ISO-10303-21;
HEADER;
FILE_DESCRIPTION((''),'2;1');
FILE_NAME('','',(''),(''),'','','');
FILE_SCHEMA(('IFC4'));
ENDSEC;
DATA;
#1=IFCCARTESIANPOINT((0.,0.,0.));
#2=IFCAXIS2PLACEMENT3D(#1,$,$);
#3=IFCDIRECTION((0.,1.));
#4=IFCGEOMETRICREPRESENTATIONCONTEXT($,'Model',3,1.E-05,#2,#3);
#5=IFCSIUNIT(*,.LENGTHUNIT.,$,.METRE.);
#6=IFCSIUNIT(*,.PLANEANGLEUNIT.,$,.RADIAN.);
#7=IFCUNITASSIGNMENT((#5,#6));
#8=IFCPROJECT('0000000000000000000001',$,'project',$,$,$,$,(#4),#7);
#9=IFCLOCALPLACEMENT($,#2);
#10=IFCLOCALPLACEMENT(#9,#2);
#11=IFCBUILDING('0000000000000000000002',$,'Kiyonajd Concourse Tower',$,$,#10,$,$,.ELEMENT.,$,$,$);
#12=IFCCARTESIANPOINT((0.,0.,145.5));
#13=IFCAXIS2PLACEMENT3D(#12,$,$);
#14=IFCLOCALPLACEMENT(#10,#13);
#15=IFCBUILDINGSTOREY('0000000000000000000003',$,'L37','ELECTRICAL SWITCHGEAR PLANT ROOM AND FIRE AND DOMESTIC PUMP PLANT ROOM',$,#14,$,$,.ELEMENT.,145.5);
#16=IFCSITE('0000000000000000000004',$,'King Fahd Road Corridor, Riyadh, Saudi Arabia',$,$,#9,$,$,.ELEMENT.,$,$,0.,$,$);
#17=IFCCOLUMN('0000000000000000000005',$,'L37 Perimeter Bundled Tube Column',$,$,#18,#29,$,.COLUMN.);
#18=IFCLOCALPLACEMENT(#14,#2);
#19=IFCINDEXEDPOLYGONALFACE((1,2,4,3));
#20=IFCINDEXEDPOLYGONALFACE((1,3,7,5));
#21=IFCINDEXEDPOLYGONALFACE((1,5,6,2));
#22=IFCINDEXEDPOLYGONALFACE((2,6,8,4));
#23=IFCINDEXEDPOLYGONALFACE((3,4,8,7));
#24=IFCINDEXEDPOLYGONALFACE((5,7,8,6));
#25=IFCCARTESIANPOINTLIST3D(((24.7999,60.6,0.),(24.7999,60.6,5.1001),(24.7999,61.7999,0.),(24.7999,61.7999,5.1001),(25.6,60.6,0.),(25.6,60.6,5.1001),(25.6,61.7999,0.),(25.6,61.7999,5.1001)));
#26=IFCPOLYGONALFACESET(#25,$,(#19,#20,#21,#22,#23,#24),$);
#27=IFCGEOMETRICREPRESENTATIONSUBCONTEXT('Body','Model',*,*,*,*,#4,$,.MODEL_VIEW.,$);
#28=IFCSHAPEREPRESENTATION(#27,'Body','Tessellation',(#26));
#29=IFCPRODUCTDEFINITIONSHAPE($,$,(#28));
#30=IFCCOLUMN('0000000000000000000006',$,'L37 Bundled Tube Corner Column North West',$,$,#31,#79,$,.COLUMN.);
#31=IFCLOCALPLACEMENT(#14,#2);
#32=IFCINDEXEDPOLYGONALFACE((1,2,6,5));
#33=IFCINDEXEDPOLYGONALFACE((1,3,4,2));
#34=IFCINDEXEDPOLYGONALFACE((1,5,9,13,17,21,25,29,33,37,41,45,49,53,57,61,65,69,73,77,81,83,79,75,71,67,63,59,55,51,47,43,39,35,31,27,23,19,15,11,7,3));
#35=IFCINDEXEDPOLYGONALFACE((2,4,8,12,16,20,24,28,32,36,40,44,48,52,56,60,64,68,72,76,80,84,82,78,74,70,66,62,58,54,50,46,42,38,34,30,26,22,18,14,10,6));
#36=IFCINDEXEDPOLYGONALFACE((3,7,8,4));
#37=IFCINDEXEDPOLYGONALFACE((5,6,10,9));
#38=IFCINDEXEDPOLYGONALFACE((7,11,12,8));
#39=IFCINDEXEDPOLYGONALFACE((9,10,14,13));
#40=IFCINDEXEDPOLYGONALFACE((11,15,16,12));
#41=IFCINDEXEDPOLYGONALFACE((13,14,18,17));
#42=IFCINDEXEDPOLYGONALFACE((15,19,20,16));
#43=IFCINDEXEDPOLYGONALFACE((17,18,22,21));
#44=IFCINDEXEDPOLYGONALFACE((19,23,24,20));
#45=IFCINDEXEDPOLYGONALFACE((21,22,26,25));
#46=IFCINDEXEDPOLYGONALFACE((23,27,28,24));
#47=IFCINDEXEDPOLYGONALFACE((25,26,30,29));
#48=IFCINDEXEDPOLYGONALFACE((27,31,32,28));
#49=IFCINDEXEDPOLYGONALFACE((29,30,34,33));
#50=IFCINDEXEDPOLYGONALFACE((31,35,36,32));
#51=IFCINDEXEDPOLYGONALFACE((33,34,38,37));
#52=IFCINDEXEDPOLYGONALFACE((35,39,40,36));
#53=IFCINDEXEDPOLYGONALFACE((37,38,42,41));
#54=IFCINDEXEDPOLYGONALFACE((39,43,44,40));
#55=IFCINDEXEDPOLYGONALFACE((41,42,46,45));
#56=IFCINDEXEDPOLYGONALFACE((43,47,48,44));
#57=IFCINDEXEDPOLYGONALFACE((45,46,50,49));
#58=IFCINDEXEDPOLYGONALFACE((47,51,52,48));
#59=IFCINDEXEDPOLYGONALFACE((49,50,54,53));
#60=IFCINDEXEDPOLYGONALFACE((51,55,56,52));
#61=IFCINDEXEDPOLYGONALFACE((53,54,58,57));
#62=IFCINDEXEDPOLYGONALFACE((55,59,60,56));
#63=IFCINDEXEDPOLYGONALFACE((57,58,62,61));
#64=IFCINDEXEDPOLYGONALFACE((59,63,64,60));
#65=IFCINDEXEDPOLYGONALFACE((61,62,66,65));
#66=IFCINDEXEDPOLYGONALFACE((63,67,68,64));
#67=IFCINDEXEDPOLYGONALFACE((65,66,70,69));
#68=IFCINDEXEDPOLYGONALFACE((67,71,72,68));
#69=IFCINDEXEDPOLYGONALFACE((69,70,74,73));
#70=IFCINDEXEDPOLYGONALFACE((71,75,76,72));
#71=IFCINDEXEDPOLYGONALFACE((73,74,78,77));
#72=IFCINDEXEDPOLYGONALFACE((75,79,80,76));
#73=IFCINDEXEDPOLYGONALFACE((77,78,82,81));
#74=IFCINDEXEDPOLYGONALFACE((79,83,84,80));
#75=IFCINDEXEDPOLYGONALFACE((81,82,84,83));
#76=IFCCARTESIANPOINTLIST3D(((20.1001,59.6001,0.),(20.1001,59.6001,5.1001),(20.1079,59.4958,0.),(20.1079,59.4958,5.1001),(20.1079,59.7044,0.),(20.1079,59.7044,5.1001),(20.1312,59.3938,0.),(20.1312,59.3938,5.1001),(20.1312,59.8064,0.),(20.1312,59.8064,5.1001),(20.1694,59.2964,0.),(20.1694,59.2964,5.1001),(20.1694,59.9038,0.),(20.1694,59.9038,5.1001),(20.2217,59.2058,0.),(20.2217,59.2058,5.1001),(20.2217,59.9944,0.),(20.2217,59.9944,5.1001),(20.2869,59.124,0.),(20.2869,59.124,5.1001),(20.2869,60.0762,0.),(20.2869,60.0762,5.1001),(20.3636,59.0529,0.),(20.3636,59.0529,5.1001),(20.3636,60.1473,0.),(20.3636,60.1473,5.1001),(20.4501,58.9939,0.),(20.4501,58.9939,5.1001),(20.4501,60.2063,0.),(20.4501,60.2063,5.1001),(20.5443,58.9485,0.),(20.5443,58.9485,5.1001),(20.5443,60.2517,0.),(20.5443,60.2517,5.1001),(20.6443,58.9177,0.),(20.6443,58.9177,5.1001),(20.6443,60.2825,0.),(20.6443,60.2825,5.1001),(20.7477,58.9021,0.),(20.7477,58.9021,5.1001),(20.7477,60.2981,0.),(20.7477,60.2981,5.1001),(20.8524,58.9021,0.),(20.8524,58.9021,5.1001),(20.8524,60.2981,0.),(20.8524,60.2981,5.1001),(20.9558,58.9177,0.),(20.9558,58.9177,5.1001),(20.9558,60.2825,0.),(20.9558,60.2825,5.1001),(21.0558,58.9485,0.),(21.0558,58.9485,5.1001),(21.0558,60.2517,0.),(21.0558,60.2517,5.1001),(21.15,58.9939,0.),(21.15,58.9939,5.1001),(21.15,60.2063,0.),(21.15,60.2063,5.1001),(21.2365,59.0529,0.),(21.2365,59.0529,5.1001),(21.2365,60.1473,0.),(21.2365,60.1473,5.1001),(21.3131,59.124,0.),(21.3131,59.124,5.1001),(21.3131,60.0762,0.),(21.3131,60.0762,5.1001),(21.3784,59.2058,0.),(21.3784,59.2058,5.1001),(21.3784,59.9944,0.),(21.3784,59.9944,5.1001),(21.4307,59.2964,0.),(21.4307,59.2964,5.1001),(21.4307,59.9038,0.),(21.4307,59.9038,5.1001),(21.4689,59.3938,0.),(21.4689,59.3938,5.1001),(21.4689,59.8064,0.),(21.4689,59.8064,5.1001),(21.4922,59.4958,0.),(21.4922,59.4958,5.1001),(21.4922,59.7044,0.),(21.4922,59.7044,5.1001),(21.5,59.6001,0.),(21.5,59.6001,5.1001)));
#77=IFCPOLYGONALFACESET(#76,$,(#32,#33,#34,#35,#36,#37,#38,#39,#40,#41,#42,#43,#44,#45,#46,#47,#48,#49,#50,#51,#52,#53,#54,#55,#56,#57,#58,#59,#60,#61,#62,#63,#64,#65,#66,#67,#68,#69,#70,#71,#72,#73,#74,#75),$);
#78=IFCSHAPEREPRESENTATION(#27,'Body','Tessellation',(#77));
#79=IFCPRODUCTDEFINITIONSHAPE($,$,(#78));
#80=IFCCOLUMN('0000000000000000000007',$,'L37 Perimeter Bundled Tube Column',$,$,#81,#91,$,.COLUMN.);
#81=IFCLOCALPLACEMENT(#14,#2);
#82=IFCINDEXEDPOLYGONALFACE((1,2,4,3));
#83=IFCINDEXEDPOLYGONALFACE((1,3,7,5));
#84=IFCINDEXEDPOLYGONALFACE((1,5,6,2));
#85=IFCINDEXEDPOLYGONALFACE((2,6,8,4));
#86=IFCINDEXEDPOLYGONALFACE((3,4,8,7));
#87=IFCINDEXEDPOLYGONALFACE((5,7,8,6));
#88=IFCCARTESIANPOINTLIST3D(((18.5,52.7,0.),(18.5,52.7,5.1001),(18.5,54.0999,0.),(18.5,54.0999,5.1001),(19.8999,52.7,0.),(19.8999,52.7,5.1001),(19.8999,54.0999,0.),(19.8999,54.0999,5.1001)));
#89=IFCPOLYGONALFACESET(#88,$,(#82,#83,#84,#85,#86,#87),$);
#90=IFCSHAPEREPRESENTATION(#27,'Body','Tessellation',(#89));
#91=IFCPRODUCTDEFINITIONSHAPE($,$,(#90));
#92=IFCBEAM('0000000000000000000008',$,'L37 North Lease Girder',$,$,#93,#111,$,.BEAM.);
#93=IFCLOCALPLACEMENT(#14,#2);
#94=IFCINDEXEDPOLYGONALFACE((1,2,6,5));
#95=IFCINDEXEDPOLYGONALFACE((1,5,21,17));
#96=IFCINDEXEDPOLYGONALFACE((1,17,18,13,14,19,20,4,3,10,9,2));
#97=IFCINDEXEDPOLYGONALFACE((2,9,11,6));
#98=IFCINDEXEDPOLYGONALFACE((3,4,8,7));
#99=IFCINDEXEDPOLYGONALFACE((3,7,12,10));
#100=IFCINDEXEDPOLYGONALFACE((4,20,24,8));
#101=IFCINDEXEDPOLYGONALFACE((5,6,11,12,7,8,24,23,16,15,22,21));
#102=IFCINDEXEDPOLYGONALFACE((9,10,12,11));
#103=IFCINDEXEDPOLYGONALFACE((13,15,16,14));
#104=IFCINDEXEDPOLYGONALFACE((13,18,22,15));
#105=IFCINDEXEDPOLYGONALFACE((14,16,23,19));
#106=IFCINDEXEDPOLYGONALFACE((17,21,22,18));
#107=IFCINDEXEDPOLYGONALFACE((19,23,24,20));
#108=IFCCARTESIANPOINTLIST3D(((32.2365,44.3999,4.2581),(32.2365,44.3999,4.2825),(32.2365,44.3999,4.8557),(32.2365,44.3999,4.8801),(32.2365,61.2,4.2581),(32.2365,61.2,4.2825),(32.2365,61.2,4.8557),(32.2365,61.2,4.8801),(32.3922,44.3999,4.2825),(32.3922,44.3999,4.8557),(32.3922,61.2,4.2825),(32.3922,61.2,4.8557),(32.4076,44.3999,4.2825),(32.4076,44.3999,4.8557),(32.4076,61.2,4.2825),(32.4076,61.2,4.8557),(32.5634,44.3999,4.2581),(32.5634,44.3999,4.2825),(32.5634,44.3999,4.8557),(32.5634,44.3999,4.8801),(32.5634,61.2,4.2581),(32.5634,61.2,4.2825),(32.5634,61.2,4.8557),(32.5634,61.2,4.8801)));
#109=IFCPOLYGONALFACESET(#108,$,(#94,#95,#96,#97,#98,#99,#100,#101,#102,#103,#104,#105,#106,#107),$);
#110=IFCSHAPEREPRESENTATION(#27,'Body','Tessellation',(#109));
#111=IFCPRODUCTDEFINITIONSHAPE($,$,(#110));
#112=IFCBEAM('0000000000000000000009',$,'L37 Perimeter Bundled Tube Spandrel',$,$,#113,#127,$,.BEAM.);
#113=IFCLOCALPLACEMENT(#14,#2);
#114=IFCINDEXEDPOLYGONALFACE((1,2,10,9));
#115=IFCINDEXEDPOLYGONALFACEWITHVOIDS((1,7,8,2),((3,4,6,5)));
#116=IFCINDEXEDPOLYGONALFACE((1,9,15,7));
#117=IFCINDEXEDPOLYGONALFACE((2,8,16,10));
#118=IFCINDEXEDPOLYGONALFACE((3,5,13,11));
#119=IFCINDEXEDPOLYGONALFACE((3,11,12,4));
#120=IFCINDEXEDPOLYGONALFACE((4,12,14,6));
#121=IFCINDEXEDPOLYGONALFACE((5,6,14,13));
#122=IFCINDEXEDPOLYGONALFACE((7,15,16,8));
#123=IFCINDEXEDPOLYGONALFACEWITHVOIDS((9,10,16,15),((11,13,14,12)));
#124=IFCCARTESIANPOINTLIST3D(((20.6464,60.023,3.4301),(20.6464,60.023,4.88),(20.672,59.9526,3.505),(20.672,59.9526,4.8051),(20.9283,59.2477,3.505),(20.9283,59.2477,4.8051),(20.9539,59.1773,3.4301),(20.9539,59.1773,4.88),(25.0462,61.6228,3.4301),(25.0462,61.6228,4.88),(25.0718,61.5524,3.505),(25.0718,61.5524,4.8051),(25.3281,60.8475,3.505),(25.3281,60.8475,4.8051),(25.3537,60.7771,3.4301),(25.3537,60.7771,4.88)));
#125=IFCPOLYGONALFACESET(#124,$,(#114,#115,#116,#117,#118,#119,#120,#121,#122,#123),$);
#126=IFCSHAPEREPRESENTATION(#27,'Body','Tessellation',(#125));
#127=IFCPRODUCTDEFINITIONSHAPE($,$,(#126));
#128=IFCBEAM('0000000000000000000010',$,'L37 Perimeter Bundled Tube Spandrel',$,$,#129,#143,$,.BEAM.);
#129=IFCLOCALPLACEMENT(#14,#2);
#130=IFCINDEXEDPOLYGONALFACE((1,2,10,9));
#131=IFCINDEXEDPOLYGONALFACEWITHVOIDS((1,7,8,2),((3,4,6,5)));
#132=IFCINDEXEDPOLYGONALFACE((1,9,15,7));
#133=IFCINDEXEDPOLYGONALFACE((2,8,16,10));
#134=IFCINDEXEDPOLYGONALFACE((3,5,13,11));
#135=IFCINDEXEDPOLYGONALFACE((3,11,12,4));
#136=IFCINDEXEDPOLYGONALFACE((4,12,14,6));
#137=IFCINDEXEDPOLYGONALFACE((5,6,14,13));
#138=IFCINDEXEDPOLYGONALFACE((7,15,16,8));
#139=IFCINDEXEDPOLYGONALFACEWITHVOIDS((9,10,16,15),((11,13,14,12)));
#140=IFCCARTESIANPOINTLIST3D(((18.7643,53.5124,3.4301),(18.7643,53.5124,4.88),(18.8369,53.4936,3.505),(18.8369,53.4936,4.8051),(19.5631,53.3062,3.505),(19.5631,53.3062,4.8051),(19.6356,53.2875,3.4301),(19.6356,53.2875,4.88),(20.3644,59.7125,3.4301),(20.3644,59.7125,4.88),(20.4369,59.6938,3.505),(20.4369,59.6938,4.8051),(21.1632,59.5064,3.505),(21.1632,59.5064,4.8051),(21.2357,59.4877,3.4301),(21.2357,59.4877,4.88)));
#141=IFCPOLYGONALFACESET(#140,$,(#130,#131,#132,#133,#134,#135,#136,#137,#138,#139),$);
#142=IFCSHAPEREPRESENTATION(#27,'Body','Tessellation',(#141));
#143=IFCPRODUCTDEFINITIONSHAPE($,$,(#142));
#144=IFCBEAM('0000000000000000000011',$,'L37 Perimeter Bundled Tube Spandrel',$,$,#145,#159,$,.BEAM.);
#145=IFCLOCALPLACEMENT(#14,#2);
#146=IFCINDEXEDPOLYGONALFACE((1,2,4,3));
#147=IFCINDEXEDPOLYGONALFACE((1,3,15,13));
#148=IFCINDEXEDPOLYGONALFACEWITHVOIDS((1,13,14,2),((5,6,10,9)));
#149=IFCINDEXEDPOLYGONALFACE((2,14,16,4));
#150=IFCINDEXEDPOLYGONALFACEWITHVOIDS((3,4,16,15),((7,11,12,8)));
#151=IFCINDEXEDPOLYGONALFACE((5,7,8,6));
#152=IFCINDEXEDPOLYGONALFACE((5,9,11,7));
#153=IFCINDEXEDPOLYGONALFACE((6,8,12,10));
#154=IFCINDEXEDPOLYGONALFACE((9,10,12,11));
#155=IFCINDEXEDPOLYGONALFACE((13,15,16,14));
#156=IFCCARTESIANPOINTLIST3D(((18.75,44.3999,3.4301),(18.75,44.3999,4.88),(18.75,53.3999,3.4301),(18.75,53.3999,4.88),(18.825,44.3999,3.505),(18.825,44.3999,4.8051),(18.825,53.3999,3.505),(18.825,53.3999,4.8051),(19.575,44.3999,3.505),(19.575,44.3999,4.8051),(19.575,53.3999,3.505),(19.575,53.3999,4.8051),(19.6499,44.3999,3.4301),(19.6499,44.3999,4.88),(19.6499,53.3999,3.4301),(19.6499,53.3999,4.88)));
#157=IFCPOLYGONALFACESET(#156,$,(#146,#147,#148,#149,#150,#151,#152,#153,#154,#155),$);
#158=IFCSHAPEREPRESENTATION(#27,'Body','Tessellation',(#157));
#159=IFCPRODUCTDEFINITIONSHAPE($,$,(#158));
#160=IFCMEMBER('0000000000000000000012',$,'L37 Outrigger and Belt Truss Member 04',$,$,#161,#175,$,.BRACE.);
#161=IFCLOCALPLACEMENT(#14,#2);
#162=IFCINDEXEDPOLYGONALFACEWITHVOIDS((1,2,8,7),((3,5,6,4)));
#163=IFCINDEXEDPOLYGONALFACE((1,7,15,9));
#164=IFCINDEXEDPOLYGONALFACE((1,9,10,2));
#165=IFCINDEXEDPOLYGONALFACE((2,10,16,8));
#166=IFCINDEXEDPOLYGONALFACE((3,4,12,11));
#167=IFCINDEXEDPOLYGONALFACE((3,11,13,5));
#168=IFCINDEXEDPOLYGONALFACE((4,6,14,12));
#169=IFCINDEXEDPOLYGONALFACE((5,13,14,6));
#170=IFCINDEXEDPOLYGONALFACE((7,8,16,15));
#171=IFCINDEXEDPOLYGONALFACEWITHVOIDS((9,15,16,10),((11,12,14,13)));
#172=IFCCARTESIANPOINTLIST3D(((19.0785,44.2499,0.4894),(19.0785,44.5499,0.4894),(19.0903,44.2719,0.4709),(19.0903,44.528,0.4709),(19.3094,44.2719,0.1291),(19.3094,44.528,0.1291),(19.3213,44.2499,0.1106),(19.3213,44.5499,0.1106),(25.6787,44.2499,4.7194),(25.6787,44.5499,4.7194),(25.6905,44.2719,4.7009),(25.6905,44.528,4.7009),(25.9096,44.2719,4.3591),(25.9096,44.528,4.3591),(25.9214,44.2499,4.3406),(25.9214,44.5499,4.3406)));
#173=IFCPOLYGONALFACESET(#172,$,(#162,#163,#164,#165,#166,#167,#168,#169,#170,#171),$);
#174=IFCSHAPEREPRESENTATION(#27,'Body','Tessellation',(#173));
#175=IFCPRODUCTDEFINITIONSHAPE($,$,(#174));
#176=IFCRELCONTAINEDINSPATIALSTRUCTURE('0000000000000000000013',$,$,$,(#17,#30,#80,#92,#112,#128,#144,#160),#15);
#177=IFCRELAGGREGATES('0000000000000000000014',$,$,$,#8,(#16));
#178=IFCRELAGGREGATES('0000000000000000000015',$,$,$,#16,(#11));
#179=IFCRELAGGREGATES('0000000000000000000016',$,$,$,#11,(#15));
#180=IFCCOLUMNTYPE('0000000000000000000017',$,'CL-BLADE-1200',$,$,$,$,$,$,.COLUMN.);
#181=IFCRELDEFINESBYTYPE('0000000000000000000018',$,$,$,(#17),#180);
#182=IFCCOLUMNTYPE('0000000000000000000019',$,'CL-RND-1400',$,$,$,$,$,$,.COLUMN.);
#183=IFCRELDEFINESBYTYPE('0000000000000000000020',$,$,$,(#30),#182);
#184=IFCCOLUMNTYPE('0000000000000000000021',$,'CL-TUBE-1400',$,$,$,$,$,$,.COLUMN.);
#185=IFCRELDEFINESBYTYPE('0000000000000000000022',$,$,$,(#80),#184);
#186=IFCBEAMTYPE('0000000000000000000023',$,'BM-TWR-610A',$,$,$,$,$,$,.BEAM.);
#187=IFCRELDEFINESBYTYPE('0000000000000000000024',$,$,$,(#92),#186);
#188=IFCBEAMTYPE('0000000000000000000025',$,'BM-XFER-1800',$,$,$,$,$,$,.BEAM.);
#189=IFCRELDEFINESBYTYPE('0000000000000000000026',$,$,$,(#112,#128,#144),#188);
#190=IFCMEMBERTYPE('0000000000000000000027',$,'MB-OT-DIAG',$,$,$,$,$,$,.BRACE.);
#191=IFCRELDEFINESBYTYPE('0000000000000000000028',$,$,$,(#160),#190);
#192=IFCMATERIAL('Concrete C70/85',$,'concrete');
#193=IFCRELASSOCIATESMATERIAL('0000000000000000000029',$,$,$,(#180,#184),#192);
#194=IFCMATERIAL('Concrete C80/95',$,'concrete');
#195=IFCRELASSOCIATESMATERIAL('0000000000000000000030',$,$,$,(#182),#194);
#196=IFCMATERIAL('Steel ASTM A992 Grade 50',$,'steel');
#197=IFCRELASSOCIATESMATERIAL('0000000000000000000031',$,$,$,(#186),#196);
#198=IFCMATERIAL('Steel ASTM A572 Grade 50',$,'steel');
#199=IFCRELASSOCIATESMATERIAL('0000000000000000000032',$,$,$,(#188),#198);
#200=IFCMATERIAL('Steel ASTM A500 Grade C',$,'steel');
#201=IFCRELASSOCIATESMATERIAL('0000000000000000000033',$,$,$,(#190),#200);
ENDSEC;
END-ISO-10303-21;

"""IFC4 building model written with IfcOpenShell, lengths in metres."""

from ifc_helpers import new_model, si_unit, direction, frame, origin, origin_2d, place, context, subcontext, project, spatial, rectangle, hollow_rectangle, circle, i_section, extrude, material, material_profile, profile_set, type_object, element, save


model = new_model("IFC4")

# Units and contexts
model_context = context("Model", 3, precision=1e-05, world=origin(), true_north=direction((0.0, 1.0)))
body_context = subcontext(model_context, "Body", "Model", "MODEL_VIEW")
ifc_project = project(units=[si_unit("LENGTHUNIT", "METRE"), si_unit("PLANEANGLEUNIT", "RADIAN")], contexts=[model_context])

# Site, building, storey
site_placement = place(None, origin())
site = spatial("IfcSite", under=ifc_project, at=site_placement, Name="King Fahd Road Corridor, Riyadh, Saudi Arabia", CompositionType="ELEMENT", RefElevation=0.0)
building_placement = place(site_placement, origin())
building = spatial("IfcBuilding", under=site, at=building_placement, Name="Kiyonajd Concourse Tower", CompositionType="ELEMENT")
storey_placement = place(building_placement, frame((0.0, 0.0, 145.5)))
storey = spatial("IfcBuildingStorey", under=building, at=storey_placement, Name="L37", Description="ELECTRICAL SWITCHGEAR PLANT ROOM AND FIRE AND DOMESTIC PUMP PLANT ROOM", CompositionType="ELEMENT", Elevation=145.5)

# Columns
ifc_material_1 = material(Name="Concrete C70/85", Category="concrete")
ifc_material_profile_1 = material_profile(ifc_material_1, rectangle(XDim=0.8, YDim=1.2, at=origin_2d()), Name="RC-1200x800")
ifc_profile_set_1 = profile_set([ifc_material_profile_1], Name="Concrete C70/85")
column_type_1 = type_object("IfcColumnType", Name="CL-BLADE-1200", PredefinedType="COLUMN", material=ifc_profile_set_1)
column_1_placement = place(storey_placement, frame((25.2, 61.2, 0.0), z_axis=(0.0, 0.0, 1.0), x_axis=(1.0, 0.0, 0.0)))
element("IfcColumn", 1, at=column_1_placement, inside=storey, type_object=column_type_1, Name="L37 Perimeter Bundled Tube Column", PredefinedType="COLUMN", context=body_context, shape_type="SweptSolid", body=[
    extrude(rectangle(XDim=0.8, YDim=1.2, at=origin_2d()), origin(), (0.0, 0.0, 1.0), 5.1001),
])
ifc_material_2 = material(Name="Concrete C80/95", Category="concrete")
ifc_material_profile_2 = material_profile(ifc_material_2, circle(Radius=0.7, at=origin_2d()), Name="RCC-D1400")
ifc_profile_set_2 = profile_set([ifc_material_profile_2], Name="Concrete C80/95")
column_type_2 = type_object("IfcColumnType", Name="CL-RND-1400", PredefinedType="COLUMN", material=ifc_profile_set_2)
column_2_placement = place(storey_placement, frame((20.8, 59.6001, 0.0), z_axis=(0.0, 0.0, 1.0), x_axis=(1.0, 0.0, 0.0)))
element("IfcColumn", 2, at=column_2_placement, inside=storey, type_object=column_type_2, Name="L37 Bundled Tube Corner Column North West", PredefinedType="COLUMN", context=body_context, shape_type="SweptSolid", body=[
    extrude(circle(Radius=0.7, at=origin_2d()), origin(), (0.0, 0.0, 1.0), 5.1001),
])
ifc_material_profile_3 = material_profile(ifc_material_1, rectangle(XDim=1.3999, YDim=1.3999, at=origin_2d()), Name="RC-1400x1400")
ifc_profile_set_3 = profile_set([ifc_material_profile_3], Name="Concrete C70/85")
column_type_3 = type_object("IfcColumnType", Name="CL-TUBE-1400", PredefinedType="COLUMN", material=ifc_profile_set_3)
column_3_placement = place(storey_placement, frame((19.2, 53.3999, 0.0), z_axis=(0.0, 0.0, 1.0), x_axis=(1.0, 0.0, 0.0)))
element("IfcColumn", 3, at=column_3_placement, inside=storey, type_object=column_type_3, Name="L37 Perimeter Bundled Tube Column", PredefinedType="COLUMN", context=body_context, shape_type="SweptSolid", body=[
    extrude(rectangle(XDim=1.3999, YDim=1.3999, at=origin_2d()), origin(), (0.0, 0.0, 1.0), 5.1001),
])

# Beams
ifc_material_3 = material(Name="Steel ASTM A992 Grade 50", Category="steel")
ifc_material_profile_4 = material_profile(ifc_material_3, i_section(OverallWidth=0.3269, OverallDepth=0.6221, WebThickness=0.0154, FlangeThickness=0.0244, at=origin_2d()), Name="W610X195")
ifc_profile_set_4 = profile_set([ifc_material_profile_4], Name="Steel ASTM A992 Grade 50")
beam_type_1 = type_object("IfcBeamType", Name="BM-TWR-610A", PredefinedType="BEAM", material=ifc_profile_set_4)
beam_1_placement = place(storey_placement, frame((32.3999, 44.3999, 4.5691), z_axis=(0.0, 1.0, 0.0), x_axis=(-1.0, 0.0, 0.0)))
element("IfcBeam", 4, at=beam_1_placement, inside=storey, type_object=beam_type_1, Name="L37 North Lease Girder", PredefinedType="BEAM", context=body_context, shape_type="SweptSolid", body=[
    extrude(i_section(OverallWidth=0.3269, OverallDepth=0.6221, WebThickness=0.0154, FlangeThickness=0.0244, at=origin_2d()), origin(), (0.0, 0.0, 1.0), 16.8),
])
ifc_material_4 = material(Name="Steel ASTM A572 Grade 50", Category="steel")
ifc_material_profile_5 = material_profile(ifc_material_4, hollow_rectangle(XDim=0.8999, YDim=1.45, WallThickness=0.075, at=origin_2d()), Name="BOX-1450x900x75")
ifc_profile_set_5 = profile_set([ifc_material_profile_5], Name="Steel ASTM A572 Grade 50")
beam_type_2 = type_object("IfcBeamType", Name="BM-XFER-1800", PredefinedType="BEAM", material=ifc_profile_set_5)
beam_2_placement = place(storey_placement, frame((25.2, 61.2, 4.155), z_axis=(-0.939801, -0.341722, 0.0), x_axis=(0.341722, -0.939801, 0.0)))
element("IfcBeam", 5, at=beam_2_placement, inside=storey, type_object=beam_type_2, Name="L37 Perimeter Bundled Tube Spandrel", PredefinedType="BEAM", context=body_context, shape_type="SweptSolid", body=[
    extrude(hollow_rectangle(XDim=0.8999, YDim=1.45, WallThickness=0.075, at=origin_2d()), origin(), (0.0, 0.0, 1.0), 4.6816),
])
beam_3_placement = place(storey_placement, frame((20.8, 59.6001, 4.155), z_axis=(-0.249885, -0.968276, 0.0), x_axis=(0.968276, -0.249885, 0.0)))
element("IfcBeam", 6, at=beam_3_placement, inside=storey, type_object=beam_type_2, Name="L37 Perimeter Bundled Tube Spandrel", PredefinedType="BEAM", context=body_context, shape_type="SweptSolid", body=[
    extrude(hollow_rectangle(XDim=0.8999, YDim=1.45, WallThickness=0.075, at=origin_2d()), origin(), (0.0, 0.0, 1.0), 6.4033),
])
beam_4_placement = place(storey_placement, frame((19.2, 53.3999, 4.155), z_axis=(0.0, -1.0, 0.0), x_axis=(1.0, 0.0, 0.0)))
element("IfcBeam", 7, at=beam_4_placement, inside=storey, type_object=beam_type_2, Name="L37 Perimeter Bundled Tube Spandrel", PredefinedType="BEAM", context=body_context, shape_type="SweptSolid", body=[
    extrude(hollow_rectangle(XDim=0.8999, YDim=1.45, WallThickness=0.075, at=origin_2d()), origin(), (0.0, 0.0, 1.0), 9.0),
])

# Member
ifc_material_5 = material(Name="Steel ASTM A500 Grade C", Category="steel")
ifc_material_profile_6 = material_profile(ifc_material_5, hollow_rectangle(XDim=0.3, YDim=0.45, WallThickness=0.022, at=origin_2d()), Name="HSS-450x300x22")
ifc_profile_set_6 = profile_set([ifc_material_profile_6], Name="Steel ASTM A500 Grade C")
member_type_1 = type_object("IfcMemberType", Name="MB-OT-DIAG", PredefinedType="BRACE", material=ifc_profile_set_6)
member_1_placement = place(storey_placement, frame((25.8, 44.3999, 4.53), z_axis=(-0.841928, 0.0, -0.539589), x_axis=(0.0, -1.0, 0.0)))
element("IfcMember", 8, at=member_1_placement, inside=storey, type_object=member_type_1, Name="L37 Outrigger and Belt Truss Member 04", PredefinedType="BRACE", context=body_context, shape_type="SweptSolid", body=[
    extrude(hollow_rectangle(XDim=0.3, YDim=0.45, WallThickness=0.022, at=origin_2d()), origin(), (0.0, 0.0, 1.0), 7.8394),
])

save(model, "model.ifc")
